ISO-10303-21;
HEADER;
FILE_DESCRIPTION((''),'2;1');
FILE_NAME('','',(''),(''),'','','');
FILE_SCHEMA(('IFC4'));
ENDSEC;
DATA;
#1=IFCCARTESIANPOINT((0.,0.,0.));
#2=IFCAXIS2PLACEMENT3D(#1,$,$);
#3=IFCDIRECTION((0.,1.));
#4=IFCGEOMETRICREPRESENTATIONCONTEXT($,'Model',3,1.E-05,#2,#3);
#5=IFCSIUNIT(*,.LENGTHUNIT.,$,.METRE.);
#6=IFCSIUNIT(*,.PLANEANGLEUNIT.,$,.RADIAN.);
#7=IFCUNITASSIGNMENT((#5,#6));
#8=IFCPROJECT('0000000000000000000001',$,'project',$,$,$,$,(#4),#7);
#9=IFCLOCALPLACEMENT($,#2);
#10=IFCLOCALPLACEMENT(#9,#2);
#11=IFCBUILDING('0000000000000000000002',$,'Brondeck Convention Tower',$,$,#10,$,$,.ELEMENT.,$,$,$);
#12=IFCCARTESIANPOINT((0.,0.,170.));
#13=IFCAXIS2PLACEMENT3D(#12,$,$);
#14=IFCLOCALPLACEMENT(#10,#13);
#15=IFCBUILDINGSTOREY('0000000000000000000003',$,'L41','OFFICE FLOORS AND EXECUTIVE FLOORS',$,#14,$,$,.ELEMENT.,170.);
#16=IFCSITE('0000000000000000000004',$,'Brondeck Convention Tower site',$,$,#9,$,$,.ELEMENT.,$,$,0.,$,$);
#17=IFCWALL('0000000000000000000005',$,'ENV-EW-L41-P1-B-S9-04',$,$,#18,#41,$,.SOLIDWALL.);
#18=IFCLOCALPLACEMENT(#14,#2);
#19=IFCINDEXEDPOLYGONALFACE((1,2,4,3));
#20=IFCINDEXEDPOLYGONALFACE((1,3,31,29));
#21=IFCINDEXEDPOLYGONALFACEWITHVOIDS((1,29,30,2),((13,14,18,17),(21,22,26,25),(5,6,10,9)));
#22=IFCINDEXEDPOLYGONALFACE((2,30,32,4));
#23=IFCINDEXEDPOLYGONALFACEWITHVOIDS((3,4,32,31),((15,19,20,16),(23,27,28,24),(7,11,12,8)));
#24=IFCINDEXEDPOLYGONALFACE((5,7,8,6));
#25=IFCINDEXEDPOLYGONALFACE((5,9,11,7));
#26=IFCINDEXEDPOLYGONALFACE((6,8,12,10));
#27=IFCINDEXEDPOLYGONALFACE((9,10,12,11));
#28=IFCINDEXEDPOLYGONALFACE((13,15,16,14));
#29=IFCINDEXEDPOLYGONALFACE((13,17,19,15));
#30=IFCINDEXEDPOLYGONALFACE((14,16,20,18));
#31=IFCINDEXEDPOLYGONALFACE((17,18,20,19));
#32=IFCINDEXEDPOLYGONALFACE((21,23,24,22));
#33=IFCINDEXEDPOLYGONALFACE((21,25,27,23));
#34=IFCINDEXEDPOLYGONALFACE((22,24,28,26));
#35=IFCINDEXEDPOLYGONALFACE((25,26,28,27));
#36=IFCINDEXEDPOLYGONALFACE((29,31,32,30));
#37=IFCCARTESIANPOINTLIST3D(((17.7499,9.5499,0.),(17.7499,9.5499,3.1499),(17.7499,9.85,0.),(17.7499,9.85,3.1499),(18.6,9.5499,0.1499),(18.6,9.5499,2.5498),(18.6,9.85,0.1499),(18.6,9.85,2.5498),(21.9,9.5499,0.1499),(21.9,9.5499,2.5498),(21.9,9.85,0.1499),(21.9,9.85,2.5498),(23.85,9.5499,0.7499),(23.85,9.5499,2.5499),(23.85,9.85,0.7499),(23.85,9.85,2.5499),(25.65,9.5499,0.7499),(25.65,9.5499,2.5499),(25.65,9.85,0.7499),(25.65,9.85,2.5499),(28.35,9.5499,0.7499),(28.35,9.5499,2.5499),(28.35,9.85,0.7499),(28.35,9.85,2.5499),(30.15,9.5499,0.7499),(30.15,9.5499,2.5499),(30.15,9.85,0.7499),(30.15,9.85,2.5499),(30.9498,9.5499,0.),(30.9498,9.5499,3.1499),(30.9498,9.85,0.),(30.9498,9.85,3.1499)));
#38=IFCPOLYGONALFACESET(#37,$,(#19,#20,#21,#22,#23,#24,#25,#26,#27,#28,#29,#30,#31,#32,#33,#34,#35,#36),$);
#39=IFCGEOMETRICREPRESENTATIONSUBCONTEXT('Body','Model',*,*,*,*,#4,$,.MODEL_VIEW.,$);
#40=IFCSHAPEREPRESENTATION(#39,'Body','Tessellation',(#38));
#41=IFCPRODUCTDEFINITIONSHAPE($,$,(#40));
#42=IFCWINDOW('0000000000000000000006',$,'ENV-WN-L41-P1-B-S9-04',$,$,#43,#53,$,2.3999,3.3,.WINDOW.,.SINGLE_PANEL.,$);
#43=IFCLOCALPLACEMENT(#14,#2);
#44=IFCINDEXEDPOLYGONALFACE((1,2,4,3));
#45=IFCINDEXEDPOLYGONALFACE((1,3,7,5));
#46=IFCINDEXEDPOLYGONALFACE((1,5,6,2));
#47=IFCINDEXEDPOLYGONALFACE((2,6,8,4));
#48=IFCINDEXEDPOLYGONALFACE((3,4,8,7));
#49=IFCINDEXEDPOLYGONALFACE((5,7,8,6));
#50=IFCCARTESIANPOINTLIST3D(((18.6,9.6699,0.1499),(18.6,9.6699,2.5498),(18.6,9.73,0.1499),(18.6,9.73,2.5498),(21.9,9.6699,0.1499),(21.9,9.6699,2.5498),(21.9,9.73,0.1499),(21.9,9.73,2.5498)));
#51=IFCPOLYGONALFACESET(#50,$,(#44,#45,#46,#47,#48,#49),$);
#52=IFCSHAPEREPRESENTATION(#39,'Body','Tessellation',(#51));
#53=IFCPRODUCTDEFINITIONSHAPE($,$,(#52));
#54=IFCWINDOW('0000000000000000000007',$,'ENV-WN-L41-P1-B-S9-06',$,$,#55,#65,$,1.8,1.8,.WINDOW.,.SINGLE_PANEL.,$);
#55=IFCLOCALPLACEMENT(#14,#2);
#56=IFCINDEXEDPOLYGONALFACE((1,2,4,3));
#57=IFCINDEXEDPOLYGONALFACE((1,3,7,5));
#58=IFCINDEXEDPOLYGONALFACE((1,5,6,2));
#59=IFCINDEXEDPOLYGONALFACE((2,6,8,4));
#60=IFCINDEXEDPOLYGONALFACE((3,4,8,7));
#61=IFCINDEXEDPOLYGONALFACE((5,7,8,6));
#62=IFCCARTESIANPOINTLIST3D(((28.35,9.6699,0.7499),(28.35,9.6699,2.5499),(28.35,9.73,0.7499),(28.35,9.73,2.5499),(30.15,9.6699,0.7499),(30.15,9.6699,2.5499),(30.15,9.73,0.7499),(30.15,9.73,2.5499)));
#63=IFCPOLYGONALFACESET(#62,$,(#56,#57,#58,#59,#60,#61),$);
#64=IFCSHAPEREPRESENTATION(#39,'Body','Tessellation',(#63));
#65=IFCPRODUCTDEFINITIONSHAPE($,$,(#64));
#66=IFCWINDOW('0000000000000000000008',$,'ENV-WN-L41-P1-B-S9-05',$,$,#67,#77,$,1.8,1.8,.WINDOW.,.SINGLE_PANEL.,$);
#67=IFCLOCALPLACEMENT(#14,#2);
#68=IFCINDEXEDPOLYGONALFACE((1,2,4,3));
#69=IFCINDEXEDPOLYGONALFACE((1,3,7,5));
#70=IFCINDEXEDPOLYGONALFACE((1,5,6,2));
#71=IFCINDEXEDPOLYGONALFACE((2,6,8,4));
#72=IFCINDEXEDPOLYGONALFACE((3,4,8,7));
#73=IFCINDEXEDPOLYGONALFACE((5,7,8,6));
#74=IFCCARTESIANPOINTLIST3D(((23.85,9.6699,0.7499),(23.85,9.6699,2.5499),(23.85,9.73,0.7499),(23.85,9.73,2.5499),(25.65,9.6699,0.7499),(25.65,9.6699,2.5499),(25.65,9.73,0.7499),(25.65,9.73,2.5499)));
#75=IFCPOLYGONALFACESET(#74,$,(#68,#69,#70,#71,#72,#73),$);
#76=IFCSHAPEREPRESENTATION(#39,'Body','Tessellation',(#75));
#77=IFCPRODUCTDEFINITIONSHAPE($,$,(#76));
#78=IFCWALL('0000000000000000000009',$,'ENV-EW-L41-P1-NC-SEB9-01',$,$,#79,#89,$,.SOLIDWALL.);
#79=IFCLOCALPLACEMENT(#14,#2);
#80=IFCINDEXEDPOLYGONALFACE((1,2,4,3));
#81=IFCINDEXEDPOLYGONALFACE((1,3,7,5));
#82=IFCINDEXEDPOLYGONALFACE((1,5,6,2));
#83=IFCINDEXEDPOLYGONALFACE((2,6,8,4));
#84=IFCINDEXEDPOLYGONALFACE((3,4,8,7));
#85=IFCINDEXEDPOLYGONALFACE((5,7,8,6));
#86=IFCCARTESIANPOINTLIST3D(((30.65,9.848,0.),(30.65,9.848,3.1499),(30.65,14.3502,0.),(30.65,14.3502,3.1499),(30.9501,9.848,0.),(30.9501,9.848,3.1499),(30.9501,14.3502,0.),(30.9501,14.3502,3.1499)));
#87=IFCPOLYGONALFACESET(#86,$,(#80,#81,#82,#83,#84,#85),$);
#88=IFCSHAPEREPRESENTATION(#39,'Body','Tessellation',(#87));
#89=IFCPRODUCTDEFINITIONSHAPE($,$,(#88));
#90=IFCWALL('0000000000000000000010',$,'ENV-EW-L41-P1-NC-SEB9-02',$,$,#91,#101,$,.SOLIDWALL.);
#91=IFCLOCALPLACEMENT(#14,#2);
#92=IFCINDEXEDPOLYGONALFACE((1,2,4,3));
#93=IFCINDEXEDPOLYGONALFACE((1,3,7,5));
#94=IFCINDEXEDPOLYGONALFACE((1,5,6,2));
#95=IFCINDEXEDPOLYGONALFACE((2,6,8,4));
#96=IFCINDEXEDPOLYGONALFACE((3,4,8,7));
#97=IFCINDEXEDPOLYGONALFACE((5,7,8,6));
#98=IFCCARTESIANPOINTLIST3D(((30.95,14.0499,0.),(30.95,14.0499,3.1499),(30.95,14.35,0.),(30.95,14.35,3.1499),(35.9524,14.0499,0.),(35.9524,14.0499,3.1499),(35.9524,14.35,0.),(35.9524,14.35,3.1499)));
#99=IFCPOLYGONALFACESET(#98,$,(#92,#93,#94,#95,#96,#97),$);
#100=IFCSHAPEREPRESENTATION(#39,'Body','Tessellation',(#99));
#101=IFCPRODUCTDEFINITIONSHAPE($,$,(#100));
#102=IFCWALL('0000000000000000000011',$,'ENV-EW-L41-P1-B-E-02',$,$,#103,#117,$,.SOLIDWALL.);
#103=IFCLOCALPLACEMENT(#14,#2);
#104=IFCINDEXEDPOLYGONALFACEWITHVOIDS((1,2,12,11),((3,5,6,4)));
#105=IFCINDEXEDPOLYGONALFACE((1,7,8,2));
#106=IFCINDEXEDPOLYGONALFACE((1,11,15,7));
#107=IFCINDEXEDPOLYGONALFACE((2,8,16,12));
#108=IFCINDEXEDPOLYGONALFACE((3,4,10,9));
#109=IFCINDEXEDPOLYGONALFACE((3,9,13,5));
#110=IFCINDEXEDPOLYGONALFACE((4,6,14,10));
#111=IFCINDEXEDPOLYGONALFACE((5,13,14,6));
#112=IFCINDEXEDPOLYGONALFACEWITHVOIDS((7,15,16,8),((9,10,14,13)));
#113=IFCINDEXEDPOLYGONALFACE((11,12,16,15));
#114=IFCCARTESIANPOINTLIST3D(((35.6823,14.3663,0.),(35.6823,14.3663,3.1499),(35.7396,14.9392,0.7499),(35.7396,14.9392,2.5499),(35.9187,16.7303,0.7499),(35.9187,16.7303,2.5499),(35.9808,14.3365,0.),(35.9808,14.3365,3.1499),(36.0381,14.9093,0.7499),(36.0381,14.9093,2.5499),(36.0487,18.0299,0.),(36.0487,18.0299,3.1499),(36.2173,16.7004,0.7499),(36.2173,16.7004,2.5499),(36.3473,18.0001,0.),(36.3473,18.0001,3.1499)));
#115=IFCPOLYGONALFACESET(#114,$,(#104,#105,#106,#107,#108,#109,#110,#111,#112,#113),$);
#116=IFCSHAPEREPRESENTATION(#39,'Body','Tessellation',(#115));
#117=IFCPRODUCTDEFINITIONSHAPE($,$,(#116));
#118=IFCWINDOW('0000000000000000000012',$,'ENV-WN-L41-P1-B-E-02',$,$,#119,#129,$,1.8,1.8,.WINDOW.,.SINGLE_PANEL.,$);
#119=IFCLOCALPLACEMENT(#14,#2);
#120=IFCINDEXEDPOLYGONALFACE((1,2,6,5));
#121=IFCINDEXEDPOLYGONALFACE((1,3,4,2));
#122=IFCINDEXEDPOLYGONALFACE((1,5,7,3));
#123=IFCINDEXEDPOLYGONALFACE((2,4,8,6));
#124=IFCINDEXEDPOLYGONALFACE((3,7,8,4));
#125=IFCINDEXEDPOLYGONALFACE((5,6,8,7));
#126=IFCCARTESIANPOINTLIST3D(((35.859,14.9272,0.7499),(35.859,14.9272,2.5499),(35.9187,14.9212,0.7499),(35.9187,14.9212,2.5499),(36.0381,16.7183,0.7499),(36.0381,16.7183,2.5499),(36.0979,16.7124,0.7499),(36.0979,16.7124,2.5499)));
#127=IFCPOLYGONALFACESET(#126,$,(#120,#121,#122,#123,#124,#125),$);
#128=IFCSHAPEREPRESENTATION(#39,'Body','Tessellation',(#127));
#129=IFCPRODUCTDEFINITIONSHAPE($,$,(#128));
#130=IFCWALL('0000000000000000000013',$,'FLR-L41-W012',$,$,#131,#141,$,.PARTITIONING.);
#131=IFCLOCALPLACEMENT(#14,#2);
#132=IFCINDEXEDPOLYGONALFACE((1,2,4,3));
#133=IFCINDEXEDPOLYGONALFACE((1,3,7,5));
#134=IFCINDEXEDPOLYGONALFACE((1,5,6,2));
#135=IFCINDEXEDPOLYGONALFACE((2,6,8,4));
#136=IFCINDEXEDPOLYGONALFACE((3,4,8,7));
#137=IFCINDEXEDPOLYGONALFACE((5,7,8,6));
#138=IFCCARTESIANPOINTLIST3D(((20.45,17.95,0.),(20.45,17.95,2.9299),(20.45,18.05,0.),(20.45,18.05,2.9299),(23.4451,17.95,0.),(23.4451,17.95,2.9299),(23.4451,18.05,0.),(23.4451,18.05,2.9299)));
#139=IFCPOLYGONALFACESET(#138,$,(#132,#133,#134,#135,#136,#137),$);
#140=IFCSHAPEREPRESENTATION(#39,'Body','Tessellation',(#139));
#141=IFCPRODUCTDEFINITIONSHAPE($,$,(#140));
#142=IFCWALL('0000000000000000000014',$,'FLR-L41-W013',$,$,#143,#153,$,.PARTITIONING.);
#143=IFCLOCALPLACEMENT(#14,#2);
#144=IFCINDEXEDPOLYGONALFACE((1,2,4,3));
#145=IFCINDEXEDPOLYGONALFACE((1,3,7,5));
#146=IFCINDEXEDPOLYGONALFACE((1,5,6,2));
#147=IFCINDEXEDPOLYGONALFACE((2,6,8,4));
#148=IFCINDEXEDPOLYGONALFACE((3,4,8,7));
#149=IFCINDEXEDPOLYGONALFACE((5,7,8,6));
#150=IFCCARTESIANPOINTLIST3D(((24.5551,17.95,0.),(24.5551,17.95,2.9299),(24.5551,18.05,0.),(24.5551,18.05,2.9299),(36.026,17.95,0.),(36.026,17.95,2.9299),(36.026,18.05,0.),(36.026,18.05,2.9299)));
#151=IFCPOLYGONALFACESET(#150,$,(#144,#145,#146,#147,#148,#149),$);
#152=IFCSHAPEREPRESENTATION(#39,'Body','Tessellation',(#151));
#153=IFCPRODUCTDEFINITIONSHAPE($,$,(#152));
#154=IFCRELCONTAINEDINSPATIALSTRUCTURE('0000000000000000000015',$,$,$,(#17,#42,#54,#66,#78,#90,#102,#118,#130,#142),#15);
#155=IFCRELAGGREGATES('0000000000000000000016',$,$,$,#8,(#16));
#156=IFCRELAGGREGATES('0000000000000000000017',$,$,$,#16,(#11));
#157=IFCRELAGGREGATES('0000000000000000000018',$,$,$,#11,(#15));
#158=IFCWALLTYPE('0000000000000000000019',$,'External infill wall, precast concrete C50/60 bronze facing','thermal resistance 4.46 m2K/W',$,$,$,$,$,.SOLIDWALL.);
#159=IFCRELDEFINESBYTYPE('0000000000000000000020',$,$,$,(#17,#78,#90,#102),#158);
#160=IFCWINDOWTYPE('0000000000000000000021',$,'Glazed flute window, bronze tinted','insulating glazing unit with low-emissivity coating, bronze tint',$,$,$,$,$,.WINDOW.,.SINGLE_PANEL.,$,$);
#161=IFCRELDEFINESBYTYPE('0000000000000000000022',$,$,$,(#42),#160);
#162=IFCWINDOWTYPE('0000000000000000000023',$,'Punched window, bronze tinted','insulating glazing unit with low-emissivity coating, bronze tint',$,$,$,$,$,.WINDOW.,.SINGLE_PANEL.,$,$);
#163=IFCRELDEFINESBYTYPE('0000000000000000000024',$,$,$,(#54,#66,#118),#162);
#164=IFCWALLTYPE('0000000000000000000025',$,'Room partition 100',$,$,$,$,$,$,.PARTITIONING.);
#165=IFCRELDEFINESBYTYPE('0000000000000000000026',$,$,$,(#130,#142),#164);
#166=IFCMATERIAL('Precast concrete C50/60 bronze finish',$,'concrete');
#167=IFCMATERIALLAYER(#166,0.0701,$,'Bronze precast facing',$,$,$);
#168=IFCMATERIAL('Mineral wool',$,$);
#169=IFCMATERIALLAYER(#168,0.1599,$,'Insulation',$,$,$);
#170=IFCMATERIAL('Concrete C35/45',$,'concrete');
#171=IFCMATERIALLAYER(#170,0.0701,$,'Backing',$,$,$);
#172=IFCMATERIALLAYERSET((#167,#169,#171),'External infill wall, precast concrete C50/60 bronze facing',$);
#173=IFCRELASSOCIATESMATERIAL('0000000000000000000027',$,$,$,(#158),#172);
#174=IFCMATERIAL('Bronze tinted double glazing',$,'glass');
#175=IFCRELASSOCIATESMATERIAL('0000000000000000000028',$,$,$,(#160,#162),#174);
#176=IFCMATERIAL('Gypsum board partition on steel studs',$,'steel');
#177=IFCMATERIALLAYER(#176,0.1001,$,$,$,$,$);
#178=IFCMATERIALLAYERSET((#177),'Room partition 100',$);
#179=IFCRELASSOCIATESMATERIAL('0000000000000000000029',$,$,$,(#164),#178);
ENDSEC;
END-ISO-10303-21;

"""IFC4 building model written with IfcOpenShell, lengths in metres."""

from ifc_helpers import new_model, si_unit, direction, frame, frame_2d, origin, place, context, subcontext, project, spatial, rectangle, extrude, material, layer, layer_set, type_object, element, fill, save


model = new_model("IFC4")

# Units and contexts
model_context = context("Model", 3, precision=1e-05, world=origin(), true_north=direction((0.0, 1.0)))
body_context = subcontext(model_context, "Body", "Model", "MODEL_VIEW")
ifc_project = project(units=[si_unit("LENGTHUNIT", "METRE"), si_unit("PLANEANGLEUNIT", "RADIAN")], contexts=[model_context])

# Site, building, storey
site_placement = place(None, origin())
site = spatial("IfcSite", under=ifc_project, at=site_placement, Name="Brondeck Convention Tower site", CompositionType="ELEMENT", RefElevation=0.0)
building_placement = place(site_placement, origin())
building = spatial("IfcBuilding", under=site, at=building_placement, Name="Brondeck Convention Tower", CompositionType="ELEMENT")
storey_placement = place(building_placement, frame((0.0, 0.0, 170.0)))
storey = spatial("IfcBuildingStorey", under=building, at=storey_placement, Name="L41", Description="OFFICE FLOORS AND EXECUTIVE FLOORS", CompositionType="ELEMENT", Elevation=170.0)

# Wall, openings, windows
ifc_material_1 = material(Name="Precast concrete C50/60 bronze finish", Category="concrete")
ifc_layer_1 = layer(ifc_material_1, 0.0701, Name="Bronze precast facing")
ifc_material_2 = material(Name="Mineral wool")
ifc_layer_2 = layer(ifc_material_2, 0.1599, Name="Insulation")
ifc_material_3 = material(Name="Concrete C35/45", Category="concrete")
ifc_layer_3 = layer(ifc_material_3, 0.0701, Name="Backing")
ifc_layer_set_1 = layer_set([ifc_layer_1, ifc_layer_2, ifc_layer_3], Name="External infill wall, precast concrete C50/60 bronze facing")
wall_type_1 = type_object("IfcWallType", Name="External infill wall, precast concrete C50/60 bronze facing", Description="thermal resistance 4.46 m2K/W", PredefinedType="SOLIDWALL", material=ifc_layer_set_1)
wall_1_placement = place(storey_placement, frame((30.95, 9.7, 0.0), z_axis=(0.0, 0.0, 1.0), x_axis=(-1.0, 0.0, 0.0)))
wall_1 = element("IfcWall", 1, at=wall_1_placement, inside=storey, type_object=wall_type_1, Name="ENV-EW-L41-P1-B-S9-04", PredefinedType="SOLIDWALL", context=body_context, shape_type="SweptSolid", body=[
    extrude(rectangle(XDim=13.2, YDim=0.3, at=frame_2d((6.6001, 0.0))), origin(), (0.0, 0.0, 1.0), 3.1499),
])
opening_1_placement = place(wall_1_placement, frame((0.8, 0.0, 0.75)))
opening_1 = element("IfcOpeningElement", 2, at=opening_1_placement, cuts=wall_1, PredefinedType="OPENING", context=body_context, shape_type="SweptSolid", body=[
    extrude(rectangle(XDim=1.8, YDim=1.8, at=frame_2d((0.8999, 0.8999))), frame((0.0, 0.1599, 0.0), z_axis=(0.0, -1.0, 0.0), x_axis=(1.0, 0.0, 0.0)), (0.0, 0.0, 1.0), 0.3201),
])
opening_2_placement = place(wall_1_placement, frame((5.3, 0.0, 0.75)))
opening_2 = element("IfcOpeningElement", 3, at=opening_2_placement, cuts=wall_1, PredefinedType="OPENING", context=body_context, shape_type="SweptSolid", body=[
    extrude(rectangle(XDim=1.8, YDim=1.8, at=frame_2d((0.8999, 0.8999))), frame((0.0, 0.1599, 0.0), z_axis=(0.0, -1.0, 0.0), x_axis=(1.0, 0.0, 0.0)), (0.0, 0.0, 1.0), 0.3201),
])
opening_3_placement = place(wall_1_placement, frame((9.05, 0.0, 0.1499)))
opening_3 = element("IfcOpeningElement", 4, at=opening_3_placement, cuts=wall_1, PredefinedType="OPENING", context=body_context, shape_type="SweptSolid", body=[
    extrude(rectangle(XDim=3.3, YDim=2.3999, at=frame_2d((1.6499, 1.2))), frame((0.0, 0.1599, 0.0), z_axis=(0.0, -1.0, 0.0), x_axis=(1.0, 0.0, 0.0)), (0.0, 0.0, 1.0), 0.3201),
])
ifc_material_4 = material(Name="Bronze tinted double glazing", Category="glass")
window_type_1 = type_object("IfcWindowType", Name="Glazed flute window, bronze tinted", Description="insulating glazing unit with low-emissivity coating, bronze tint", PartitioningType="SINGLE_PANEL", PredefinedType="WINDOW", material=ifc_material_4)
window_1_placement = place(opening_3_placement, origin())
window_1 = element("IfcWindow", 5, at=window_1_placement, inside=storey, type_object=window_type_1, Name="ENV-WN-L41-P1-B-S9-04", OverallHeight=2.3999, OverallWidth=3.3, PartitioningType="SINGLE_PANEL", PredefinedType="WINDOW", context=body_context, shape_type="SweptSolid", body=[
    extrude(rectangle(XDim=3.3, YDim=2.3999, at=frame_2d((1.6499, 1.2))), frame((0.0, 0.03, 0.0), z_axis=(0.0, -1.0, 0.0), x_axis=(1.0, 0.0, 0.0)), (0.0, 0.0, 1.0), 0.0601),
])
fill(opening_3, window_1)
window_type_2 = type_object("IfcWindowType", Name="Punched window, bronze tinted", Description="insulating glazing unit with low-emissivity coating, bronze tint", PartitioningType="SINGLE_PANEL", PredefinedType="WINDOW", material=ifc_material_4)
window_2_placement = place(opening_1_placement, origin())
window_2 = element("IfcWindow", 6, at=window_2_placement, inside=storey, type_object=window_type_2, Name="ENV-WN-L41-P1-B-S9-06", OverallHeight=1.8, OverallWidth=1.8, PartitioningType="SINGLE_PANEL", PredefinedType="WINDOW", context=body_context, shape_type="SweptSolid", body=[
    extrude(rectangle(XDim=1.8, YDim=1.8, at=frame_2d((0.8999, 0.8999))), frame((0.0, 0.03, 0.0), z_axis=(0.0, -1.0, 0.0), x_axis=(1.0, 0.0, 0.0)), (0.0, 0.0, 1.0), 0.0601),
])
fill(opening_1, window_2)
window_3_placement = place(opening_2_placement, origin())
window_3 = element("IfcWindow", 7, at=window_3_placement, inside=storey, type_object=window_type_2, Name="ENV-WN-L41-P1-B-S9-05", OverallHeight=1.8, OverallWidth=1.8, PartitioningType="SINGLE_PANEL", PredefinedType="WINDOW", context=body_context, shape_type="SweptSolid", body=[
    extrude(rectangle(XDim=1.8, YDim=1.8, at=frame_2d((0.8999, 0.8999))), frame((0.0, 0.03, 0.0), z_axis=(0.0, -1.0, 0.0), x_axis=(1.0, 0.0, 0.0)), (0.0, 0.0, 1.0), 0.0601),
])
fill(opening_2, window_3)

# Walls
wall_2_placement = place(storey_placement, frame((30.8, 14.3501, 0.0), z_axis=(0.0, 0.0, 1.0), x_axis=(0.0, -1.0, 0.0)))
element("IfcWall", 8, at=wall_2_placement, inside=storey, type_object=wall_type_1, Name="ENV-EW-L41-P1-NC-SEB9-01", PredefinedType="SOLIDWALL", context=body_context, shape_type="SweptSolid", body=[
    extrude(rectangle(XDim=4.5022, YDim=0.3, at=frame_2d((2.251, 0.0))), origin(), (0.0, 0.0, 1.0), 3.1499),
])
wall_3_placement = place(storey_placement, frame((35.9524, 14.2, 0.0), z_axis=(0.0, 0.0, 1.0), x_axis=(-1.0, 0.0, 0.0)))
element("IfcWall", 9, at=wall_3_placement, inside=storey, type_object=wall_type_1, Name="ENV-EW-L41-P1-NC-SEB9-02", PredefinedType="SOLIDWALL", context=body_context, shape_type="SweptSolid", body=[
    extrude(rectangle(XDim=5.0024, YDim=0.3, at=frame_2d((2.5012, 0.0))), origin(), (0.0, 0.0, 1.0), 3.1499),
])

# Wall, opening, window
wall_4_placement = place(storey_placement, frame((36.198, 18.0149, 0.0), z_axis=(0.0, 0.0, 1.0), x_axis=(-0.09953, -0.995035, 0.0)))
wall_4 = element("IfcWall", 10, at=wall_4_placement, inside=storey, type_object=wall_type_1, Name="ENV-EW-L41-P1-B-E-02", PredefinedType="SOLIDWALL", context=body_context, shape_type="SweptSolid", body=[
    extrude(rectangle(XDim=3.6819, YDim=0.3, at=frame_2d((1.8408, 0.0))), origin(), (0.0, 0.0, 1.0), 3.1499),
])
opening_4_placement = place(wall_4_placement, frame((1.3062, 0.0, 0.75)))
opening_4 = element("IfcOpeningElement", 11, at=opening_4_placement, cuts=wall_4, PredefinedType="OPENING", context=body_context, shape_type="SweptSolid", body=[
    extrude(rectangle(XDim=1.8, YDim=1.8, at=frame_2d((0.8999, 0.8999))), frame((0.0, 0.1599, 0.0), z_axis=(0.0, -1.0, 0.0), x_axis=(1.0, 0.0, 0.0)), (0.0, 0.0, 1.0), 0.3201),
])
window_4_placement = place(opening_4_placement, origin())
window_4 = element("IfcWindow", 12, at=window_4_placement, inside=storey, type_object=window_type_2, Name="ENV-WN-L41-P1-B-E-02", OverallHeight=1.8, OverallWidth=1.8, PartitioningType="SINGLE_PANEL", PredefinedType="WINDOW", context=body_context, shape_type="SweptSolid", body=[
    extrude(rectangle(XDim=1.8, YDim=1.8, at=frame_2d((0.8999, 0.8999))), frame((0.0, 0.03, 0.0), z_axis=(0.0, -1.0, 0.0), x_axis=(1.0, 0.0, 0.0)), (0.0, 0.0, 1.0), 0.0601),
])
fill(opening_4, window_4)

# Walls
ifc_material_5 = material(Name="Gypsum board partition on steel studs", Category="steel")
ifc_layer_4 = layer(ifc_material_5, 0.1001)
ifc_layer_set_2 = layer_set([ifc_layer_4], Name="Room partition 100")
wall_type_2 = type_object("IfcWallType", Name="Room partition 100", PredefinedType="PARTITIONING", material=ifc_layer_set_2)
wall_5_placement = place(storey_placement, frame((23.4451, 18.0, 0.0), z_axis=(0.0, 0.0, 1.0), x_axis=(-1.0, 0.0, 0.0)))
element("IfcWall", 13, at=wall_5_placement, inside=storey, type_object=wall_type_2, Name="FLR-L41-W012", PredefinedType="PARTITIONING", context=body_context, shape_type="SweptSolid", body=[
    extrude(rectangle(XDim=2.9951, YDim=0.1001, at=frame_2d((1.4976, 0.0))), origin(), (0.0, 0.0, 1.0), 2.9299),
])
wall_6_placement = place(storey_placement, frame((36.0259, 18.0, 0.0), z_axis=(0.0, 0.0, 1.0), x_axis=(-1.0, 0.0, 0.0)))
element("IfcWall", 14, at=wall_6_placement, inside=storey, type_object=wall_type_2, Name="FLR-L41-W013", PredefinedType="PARTITIONING", context=body_context, shape_type="SweptSolid", body=[
    extrude(rectangle(XDim=11.4709, YDim=0.1001, at=frame_2d((5.7354, 0.0))), origin(), (0.0, 0.0, 1.0), 2.9299),
])

save(model, "model.ifc")
